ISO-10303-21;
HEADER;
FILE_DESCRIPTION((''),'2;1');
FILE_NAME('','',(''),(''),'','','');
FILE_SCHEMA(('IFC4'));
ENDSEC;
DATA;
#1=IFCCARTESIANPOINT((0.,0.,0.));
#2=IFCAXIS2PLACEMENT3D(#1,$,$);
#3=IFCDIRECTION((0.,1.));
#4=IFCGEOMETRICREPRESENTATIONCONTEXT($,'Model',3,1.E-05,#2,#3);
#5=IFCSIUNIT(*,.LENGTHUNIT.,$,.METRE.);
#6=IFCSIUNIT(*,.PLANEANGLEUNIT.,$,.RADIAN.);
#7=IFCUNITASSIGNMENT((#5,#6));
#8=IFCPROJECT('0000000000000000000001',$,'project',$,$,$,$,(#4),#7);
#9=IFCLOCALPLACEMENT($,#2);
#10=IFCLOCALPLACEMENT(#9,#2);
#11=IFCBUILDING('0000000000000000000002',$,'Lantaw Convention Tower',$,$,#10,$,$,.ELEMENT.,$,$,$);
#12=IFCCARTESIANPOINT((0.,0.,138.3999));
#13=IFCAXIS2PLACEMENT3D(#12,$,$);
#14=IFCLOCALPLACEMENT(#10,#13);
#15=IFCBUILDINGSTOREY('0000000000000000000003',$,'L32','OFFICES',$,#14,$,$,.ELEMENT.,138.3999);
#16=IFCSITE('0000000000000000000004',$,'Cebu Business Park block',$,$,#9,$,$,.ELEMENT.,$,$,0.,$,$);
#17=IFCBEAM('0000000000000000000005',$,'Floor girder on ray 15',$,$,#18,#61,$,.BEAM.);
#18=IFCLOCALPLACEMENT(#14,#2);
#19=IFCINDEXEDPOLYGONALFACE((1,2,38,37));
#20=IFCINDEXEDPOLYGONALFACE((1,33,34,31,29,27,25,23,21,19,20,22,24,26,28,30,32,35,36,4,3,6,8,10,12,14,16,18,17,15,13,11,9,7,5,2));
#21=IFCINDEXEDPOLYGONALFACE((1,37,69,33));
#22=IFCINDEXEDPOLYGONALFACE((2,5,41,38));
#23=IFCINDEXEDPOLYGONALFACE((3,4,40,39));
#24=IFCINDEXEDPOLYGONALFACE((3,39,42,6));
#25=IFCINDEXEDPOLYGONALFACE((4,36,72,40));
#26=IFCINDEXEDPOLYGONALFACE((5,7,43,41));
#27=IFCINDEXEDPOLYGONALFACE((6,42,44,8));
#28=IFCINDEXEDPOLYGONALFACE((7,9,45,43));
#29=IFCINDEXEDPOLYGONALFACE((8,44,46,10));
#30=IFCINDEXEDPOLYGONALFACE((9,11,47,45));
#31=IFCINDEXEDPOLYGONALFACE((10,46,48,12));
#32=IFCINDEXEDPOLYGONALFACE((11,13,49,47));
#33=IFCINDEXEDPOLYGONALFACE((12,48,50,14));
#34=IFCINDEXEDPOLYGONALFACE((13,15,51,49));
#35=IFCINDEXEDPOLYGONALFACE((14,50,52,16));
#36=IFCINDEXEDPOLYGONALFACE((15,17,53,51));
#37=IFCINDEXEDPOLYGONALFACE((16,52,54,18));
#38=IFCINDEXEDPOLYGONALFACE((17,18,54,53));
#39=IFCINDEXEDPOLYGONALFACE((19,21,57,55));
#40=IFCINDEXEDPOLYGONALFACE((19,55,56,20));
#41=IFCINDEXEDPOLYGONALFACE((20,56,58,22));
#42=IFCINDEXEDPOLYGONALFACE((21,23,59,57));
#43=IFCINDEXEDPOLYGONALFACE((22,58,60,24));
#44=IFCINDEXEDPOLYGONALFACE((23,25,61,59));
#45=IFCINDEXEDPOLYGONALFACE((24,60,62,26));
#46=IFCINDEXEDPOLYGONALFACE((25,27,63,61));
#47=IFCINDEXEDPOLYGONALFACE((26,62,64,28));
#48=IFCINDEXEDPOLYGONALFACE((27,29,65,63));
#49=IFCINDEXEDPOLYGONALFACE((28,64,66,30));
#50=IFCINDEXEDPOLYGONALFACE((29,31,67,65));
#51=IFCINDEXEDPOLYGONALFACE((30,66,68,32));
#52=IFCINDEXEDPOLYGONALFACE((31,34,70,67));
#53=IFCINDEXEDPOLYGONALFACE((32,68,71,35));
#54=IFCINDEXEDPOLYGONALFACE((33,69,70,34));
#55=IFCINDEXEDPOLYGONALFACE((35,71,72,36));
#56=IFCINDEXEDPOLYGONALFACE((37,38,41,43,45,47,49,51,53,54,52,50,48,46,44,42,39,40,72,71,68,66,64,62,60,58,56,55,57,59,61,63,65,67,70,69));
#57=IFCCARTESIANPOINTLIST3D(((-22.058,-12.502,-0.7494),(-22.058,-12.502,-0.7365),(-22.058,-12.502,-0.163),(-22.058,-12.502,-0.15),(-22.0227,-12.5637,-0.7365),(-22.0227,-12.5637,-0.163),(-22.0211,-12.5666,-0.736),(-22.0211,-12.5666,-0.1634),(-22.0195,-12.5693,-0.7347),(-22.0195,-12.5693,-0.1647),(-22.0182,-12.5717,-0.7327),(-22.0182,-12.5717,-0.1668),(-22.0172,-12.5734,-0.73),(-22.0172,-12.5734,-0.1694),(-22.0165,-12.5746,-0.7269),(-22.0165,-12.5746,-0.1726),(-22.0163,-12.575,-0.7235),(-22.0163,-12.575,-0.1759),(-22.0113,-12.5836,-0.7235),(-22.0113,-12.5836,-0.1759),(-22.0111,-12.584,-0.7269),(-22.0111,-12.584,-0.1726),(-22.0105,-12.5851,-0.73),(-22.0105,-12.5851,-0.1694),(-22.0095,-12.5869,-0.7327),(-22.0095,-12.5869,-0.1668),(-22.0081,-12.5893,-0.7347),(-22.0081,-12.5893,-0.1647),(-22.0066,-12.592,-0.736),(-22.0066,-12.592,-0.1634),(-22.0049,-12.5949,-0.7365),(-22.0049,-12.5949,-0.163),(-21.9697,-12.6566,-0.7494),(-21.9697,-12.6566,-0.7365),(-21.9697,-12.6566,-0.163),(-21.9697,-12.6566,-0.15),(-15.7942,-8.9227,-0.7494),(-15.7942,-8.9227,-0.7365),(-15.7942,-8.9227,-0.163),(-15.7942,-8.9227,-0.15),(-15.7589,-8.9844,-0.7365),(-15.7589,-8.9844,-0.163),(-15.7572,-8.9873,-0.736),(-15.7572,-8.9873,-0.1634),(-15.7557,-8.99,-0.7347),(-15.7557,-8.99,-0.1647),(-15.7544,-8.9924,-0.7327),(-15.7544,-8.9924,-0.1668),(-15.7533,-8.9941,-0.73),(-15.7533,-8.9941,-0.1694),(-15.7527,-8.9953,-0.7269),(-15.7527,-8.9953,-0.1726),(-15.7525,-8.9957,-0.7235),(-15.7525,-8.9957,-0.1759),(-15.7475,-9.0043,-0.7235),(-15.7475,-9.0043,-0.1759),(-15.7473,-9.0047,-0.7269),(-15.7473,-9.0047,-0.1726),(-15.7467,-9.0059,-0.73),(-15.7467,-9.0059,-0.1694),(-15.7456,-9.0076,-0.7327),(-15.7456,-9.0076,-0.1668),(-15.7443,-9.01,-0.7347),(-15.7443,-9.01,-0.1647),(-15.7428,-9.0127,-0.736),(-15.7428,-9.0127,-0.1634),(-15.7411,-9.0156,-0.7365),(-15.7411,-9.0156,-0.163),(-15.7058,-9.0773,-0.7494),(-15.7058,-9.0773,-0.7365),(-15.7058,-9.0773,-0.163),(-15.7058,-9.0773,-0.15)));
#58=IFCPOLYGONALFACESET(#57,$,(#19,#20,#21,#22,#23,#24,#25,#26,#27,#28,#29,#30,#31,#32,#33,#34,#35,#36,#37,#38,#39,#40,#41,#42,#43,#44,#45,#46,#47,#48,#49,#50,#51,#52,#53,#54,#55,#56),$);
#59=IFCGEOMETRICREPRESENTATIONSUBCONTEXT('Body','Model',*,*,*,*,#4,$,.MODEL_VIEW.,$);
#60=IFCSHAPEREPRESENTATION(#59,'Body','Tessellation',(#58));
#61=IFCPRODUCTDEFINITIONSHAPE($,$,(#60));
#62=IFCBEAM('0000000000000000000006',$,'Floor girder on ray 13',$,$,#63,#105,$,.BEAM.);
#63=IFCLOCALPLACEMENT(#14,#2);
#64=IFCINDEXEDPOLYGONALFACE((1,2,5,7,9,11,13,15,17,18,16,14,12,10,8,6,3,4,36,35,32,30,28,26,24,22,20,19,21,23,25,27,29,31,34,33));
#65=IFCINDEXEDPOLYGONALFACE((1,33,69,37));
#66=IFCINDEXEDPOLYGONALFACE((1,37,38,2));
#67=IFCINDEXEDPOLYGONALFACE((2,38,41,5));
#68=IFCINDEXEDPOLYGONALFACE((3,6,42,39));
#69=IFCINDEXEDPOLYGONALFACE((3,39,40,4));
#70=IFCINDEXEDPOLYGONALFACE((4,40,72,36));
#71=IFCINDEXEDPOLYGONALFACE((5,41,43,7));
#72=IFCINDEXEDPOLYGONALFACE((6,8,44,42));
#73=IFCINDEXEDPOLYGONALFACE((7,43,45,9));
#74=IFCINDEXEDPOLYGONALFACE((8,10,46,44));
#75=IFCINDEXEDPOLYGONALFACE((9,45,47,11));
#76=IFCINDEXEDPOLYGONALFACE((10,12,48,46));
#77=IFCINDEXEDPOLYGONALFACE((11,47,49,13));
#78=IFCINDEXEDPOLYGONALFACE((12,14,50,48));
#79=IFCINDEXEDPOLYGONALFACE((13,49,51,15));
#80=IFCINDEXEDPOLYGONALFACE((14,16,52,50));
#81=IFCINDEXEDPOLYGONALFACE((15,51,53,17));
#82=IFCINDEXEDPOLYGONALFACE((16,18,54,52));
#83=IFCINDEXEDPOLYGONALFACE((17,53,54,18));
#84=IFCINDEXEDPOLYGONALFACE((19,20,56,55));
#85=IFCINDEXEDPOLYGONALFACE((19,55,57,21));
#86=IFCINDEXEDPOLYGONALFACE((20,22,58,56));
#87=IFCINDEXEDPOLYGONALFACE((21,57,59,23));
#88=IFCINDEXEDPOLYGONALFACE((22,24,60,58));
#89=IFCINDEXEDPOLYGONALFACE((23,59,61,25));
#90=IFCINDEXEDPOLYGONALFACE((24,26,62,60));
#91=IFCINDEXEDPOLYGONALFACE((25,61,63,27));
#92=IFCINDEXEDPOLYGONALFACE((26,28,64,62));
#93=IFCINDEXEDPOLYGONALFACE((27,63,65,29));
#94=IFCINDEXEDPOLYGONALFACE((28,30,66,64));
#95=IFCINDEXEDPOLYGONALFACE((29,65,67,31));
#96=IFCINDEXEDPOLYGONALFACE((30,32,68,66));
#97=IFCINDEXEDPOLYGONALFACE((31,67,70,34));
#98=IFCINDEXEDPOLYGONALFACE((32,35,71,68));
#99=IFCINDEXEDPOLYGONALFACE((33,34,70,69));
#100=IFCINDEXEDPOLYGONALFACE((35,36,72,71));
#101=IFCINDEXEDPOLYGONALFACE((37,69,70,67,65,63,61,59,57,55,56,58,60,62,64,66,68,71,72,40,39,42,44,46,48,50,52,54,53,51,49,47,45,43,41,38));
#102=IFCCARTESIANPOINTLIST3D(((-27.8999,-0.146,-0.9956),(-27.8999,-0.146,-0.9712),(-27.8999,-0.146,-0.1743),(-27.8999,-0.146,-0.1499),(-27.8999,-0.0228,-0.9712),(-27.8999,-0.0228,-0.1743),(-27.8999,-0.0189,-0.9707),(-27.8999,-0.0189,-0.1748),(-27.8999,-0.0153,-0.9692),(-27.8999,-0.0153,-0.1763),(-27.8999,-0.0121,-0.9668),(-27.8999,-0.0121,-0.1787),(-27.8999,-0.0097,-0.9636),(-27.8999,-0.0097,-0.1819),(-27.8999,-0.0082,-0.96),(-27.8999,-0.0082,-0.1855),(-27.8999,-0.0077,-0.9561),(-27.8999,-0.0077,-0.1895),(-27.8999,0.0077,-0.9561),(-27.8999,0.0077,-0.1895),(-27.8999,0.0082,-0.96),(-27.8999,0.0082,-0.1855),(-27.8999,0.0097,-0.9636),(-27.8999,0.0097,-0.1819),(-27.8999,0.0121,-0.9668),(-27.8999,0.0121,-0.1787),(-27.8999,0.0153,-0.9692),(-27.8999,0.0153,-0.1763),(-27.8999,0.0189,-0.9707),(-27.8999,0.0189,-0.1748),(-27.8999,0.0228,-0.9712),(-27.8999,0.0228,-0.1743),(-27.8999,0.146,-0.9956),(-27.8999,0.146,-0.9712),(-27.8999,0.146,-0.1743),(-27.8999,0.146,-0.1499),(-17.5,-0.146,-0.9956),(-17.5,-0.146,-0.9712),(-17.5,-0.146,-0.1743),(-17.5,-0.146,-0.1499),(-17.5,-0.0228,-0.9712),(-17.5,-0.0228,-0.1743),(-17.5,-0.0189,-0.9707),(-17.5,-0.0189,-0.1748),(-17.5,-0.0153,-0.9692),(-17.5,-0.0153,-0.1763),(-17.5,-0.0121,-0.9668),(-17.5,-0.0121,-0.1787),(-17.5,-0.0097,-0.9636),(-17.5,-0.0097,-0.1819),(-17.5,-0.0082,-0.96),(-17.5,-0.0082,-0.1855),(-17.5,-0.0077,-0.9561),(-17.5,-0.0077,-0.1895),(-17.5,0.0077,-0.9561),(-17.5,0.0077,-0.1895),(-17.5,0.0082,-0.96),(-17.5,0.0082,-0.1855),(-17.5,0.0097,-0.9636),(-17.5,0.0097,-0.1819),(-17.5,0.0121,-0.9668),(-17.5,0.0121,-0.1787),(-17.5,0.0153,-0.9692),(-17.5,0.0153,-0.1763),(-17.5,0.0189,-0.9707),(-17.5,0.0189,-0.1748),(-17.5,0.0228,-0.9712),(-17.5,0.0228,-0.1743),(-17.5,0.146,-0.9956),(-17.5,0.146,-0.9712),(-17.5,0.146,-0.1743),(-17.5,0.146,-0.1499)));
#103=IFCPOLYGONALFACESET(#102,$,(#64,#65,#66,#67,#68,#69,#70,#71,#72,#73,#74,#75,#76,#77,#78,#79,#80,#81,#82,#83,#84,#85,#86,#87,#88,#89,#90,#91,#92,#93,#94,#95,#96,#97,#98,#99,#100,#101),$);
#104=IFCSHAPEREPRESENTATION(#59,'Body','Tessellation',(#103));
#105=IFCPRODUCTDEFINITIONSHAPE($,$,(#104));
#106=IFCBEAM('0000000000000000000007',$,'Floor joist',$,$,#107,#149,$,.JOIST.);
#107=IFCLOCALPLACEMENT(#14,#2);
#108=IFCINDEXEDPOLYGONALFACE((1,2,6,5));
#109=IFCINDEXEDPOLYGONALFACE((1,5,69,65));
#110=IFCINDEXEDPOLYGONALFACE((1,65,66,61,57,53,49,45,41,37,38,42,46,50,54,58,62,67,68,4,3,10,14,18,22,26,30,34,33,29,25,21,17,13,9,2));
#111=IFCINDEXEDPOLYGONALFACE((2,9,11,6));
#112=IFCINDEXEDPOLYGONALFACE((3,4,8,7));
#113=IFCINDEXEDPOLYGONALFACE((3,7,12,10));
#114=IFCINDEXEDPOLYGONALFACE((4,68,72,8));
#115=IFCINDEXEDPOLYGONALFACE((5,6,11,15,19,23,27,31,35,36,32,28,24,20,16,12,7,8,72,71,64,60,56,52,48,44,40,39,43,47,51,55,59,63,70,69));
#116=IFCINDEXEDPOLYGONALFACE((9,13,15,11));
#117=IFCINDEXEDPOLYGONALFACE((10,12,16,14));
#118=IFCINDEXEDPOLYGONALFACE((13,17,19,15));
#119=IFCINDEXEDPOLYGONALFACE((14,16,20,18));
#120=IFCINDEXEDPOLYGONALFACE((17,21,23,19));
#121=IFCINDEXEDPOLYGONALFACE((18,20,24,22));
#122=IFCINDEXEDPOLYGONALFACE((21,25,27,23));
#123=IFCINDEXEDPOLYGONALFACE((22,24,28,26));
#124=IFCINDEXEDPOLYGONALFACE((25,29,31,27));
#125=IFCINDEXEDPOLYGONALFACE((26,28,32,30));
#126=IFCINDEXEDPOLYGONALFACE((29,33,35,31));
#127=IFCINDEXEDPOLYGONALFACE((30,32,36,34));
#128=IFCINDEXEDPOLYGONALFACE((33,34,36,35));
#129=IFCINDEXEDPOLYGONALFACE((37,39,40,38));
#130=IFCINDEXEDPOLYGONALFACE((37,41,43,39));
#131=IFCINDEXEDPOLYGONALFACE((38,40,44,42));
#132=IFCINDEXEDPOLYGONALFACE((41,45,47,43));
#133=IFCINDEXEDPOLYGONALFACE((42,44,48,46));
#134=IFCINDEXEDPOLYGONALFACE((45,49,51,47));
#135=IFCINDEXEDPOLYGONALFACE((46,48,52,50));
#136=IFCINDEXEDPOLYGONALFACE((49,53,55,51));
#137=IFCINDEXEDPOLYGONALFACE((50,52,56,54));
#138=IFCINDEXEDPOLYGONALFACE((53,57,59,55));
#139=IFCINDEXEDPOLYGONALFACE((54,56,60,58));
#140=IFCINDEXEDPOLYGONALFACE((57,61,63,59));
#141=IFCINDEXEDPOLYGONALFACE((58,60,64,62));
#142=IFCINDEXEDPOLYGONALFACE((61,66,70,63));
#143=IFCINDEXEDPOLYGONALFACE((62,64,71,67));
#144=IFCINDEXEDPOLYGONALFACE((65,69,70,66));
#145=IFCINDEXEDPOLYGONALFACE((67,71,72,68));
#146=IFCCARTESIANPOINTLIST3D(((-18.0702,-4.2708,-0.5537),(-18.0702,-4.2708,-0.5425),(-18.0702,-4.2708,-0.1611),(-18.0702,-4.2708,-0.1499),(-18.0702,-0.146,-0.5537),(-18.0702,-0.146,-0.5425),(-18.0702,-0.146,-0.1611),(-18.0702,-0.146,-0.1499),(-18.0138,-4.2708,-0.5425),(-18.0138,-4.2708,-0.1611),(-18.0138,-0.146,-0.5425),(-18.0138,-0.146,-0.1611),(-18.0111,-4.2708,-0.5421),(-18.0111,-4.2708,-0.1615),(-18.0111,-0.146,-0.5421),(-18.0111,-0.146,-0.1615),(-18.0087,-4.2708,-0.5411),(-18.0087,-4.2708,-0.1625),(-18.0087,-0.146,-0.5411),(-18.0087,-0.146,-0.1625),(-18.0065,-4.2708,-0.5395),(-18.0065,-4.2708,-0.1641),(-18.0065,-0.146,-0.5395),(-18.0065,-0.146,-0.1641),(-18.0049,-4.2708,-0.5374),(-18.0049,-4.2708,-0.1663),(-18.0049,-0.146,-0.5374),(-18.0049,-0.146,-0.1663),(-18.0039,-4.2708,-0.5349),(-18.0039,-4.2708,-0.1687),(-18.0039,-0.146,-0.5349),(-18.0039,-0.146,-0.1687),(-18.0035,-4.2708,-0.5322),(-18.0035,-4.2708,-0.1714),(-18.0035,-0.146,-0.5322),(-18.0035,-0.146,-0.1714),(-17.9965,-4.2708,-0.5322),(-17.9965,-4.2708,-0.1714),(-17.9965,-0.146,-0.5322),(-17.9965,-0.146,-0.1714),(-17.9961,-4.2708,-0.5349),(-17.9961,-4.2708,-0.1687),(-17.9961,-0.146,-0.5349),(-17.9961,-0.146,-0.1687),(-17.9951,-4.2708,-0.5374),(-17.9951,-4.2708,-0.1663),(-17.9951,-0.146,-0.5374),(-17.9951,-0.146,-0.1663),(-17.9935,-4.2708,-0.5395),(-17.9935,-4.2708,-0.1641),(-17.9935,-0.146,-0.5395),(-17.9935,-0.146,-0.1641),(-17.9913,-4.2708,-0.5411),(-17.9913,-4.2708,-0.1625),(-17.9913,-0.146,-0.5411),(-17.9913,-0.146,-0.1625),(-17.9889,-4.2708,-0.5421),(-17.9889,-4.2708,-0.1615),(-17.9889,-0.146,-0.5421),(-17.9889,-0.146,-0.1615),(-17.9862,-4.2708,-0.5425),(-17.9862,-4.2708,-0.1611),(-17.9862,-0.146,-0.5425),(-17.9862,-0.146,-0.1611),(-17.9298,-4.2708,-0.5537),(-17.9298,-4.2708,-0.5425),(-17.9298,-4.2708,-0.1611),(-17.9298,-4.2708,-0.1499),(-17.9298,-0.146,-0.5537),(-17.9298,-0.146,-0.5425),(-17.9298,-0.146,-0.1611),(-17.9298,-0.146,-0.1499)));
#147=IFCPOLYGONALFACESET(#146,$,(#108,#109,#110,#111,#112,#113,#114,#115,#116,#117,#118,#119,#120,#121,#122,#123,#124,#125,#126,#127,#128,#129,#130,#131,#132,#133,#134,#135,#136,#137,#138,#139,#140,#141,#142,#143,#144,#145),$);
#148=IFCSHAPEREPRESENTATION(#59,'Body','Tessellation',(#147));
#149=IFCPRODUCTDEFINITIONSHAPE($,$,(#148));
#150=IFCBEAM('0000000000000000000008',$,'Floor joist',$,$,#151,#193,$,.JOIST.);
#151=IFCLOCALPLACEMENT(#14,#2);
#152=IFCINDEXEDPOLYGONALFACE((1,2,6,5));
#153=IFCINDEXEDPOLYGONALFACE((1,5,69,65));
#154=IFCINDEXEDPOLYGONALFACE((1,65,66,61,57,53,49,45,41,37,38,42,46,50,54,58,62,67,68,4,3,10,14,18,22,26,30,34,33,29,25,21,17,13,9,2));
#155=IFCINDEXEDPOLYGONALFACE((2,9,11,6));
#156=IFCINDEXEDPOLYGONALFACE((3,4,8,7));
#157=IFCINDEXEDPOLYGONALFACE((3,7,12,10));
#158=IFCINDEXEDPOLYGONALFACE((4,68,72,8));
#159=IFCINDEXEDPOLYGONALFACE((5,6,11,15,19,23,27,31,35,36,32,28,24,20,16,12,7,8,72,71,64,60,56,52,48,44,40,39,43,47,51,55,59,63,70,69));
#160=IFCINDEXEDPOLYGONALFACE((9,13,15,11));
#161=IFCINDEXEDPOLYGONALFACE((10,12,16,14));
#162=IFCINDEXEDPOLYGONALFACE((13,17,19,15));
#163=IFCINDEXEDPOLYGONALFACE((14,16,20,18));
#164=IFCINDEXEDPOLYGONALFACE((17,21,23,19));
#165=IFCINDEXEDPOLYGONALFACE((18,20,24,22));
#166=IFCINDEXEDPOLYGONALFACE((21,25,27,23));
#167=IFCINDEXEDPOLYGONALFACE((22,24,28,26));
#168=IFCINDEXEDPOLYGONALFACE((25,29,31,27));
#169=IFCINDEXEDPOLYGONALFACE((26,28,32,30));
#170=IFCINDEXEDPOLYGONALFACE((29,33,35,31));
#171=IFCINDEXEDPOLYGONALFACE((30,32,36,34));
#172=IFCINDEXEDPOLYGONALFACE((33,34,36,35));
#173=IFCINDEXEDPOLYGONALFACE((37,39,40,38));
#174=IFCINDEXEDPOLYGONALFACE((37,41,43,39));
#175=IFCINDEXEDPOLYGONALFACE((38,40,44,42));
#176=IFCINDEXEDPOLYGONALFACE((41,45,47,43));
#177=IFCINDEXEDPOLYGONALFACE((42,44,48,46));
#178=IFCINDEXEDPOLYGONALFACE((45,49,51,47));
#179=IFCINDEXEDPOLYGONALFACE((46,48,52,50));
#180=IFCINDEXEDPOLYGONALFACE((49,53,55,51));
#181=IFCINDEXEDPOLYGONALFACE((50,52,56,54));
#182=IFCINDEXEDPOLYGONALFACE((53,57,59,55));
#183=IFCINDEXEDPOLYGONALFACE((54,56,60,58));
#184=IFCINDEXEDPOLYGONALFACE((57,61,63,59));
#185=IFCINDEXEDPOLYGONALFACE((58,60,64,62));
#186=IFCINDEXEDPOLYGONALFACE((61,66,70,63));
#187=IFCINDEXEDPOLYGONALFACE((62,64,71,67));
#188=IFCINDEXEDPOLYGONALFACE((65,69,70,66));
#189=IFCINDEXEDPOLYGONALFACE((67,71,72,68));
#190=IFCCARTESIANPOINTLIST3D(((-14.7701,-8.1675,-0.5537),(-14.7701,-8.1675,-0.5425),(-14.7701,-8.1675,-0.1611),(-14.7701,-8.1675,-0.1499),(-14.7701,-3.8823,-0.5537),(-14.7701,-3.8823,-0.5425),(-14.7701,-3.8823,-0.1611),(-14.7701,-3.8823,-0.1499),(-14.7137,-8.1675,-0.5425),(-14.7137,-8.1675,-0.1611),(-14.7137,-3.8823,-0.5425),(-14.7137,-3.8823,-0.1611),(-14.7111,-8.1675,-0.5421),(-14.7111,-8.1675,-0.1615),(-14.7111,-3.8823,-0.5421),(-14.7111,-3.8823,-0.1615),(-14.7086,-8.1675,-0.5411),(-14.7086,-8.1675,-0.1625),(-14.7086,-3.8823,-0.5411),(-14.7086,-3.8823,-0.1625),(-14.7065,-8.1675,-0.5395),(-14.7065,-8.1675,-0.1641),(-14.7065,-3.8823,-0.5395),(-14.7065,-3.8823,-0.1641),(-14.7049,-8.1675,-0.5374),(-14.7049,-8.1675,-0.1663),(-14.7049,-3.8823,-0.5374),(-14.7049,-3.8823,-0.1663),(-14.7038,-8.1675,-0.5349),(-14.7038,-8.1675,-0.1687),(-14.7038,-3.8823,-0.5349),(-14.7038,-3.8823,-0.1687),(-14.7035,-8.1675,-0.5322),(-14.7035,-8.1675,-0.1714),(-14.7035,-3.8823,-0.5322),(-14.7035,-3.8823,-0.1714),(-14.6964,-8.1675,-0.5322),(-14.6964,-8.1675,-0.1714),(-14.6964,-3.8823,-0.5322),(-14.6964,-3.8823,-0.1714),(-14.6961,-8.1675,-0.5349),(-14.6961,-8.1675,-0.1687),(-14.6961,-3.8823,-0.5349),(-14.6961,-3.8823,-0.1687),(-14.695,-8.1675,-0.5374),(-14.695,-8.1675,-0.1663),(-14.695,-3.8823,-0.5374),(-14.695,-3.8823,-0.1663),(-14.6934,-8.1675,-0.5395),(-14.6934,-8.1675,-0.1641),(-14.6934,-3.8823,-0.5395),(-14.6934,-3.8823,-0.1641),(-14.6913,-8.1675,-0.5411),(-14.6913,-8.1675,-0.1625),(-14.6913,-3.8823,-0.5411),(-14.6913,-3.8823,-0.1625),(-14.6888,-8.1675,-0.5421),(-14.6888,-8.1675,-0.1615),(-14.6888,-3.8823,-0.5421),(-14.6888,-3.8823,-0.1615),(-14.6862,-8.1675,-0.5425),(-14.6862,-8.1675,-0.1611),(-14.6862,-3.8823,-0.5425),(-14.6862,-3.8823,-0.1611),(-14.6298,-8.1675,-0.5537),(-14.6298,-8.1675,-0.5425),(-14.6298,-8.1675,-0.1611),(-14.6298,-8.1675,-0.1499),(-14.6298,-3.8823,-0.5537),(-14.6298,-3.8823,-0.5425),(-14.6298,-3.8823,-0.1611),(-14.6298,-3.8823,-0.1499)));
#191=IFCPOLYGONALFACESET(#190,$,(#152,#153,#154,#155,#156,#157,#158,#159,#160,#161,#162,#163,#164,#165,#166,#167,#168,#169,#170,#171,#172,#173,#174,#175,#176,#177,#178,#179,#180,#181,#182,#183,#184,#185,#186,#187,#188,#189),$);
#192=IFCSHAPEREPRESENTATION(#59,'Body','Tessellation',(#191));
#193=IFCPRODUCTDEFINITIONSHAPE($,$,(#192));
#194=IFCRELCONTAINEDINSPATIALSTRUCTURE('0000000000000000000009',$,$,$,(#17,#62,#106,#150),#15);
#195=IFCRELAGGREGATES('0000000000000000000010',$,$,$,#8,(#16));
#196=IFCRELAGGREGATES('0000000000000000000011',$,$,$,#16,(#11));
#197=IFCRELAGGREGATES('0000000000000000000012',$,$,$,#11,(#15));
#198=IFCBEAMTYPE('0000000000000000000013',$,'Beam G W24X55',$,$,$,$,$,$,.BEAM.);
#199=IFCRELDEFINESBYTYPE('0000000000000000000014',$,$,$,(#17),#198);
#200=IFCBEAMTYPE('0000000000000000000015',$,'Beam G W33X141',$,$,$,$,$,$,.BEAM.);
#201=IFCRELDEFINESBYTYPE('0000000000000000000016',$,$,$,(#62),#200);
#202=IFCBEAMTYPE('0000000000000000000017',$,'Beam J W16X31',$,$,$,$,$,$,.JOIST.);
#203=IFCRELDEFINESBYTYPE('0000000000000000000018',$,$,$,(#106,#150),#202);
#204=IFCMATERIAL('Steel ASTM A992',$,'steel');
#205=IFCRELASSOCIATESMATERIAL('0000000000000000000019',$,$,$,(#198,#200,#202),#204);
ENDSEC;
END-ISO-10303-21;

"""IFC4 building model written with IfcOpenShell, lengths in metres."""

from ifc_helpers import new_model, si_unit, direction, frame, origin, origin_2d, place, context, subcontext, project, spatial, i_section, extrude, material, material_profile, profile_set, type_object, element, save


model = new_model("IFC4")

# Units and contexts
model_context = context("Model", 3, precision=1e-05, world=origin(), true_north=direction((0.0, 1.0)))
body_context = subcontext(model_context, "Body", "Model", "MODEL_VIEW")
ifc_project = project(units=[si_unit("LENGTHUNIT", "METRE"), si_unit("PLANEANGLEUNIT", "RADIAN")], contexts=[model_context])

# Site, building, storey
site_placement = place(None, origin())
site = spatial("IfcSite", under=ifc_project, at=site_placement, Name="Cebu Business Park block", CompositionType="ELEMENT", RefElevation=0.0)
building_placement = place(site_placement, origin())
building = spatial("IfcBuilding", under=site, at=building_placement, Name="Lantaw Convention Tower", CompositionType="ELEMENT")
storey_placement = place(building_placement, frame((0.0, 0.0, 138.3999)))
storey = spatial("IfcBuildingStorey", under=building, at=storey_placement, Name="L32", Description="OFFICES", CompositionType="ELEMENT", Elevation=138.3999)

# Beams
ifc_material_1 = material(Name="Steel ASTM A992", Category="steel")
ifc_material_profile_1 = material_profile(ifc_material_1, i_section(OverallWidth=0.178, OverallDepth=0.5994, WebThickness=0.01, FlangeThickness=0.0129, FilletRadius=0.0129, at=origin_2d()), Name="W24X55")
ifc_profile_set_1 = profile_set([ifc_material_profile_1], Name="Steel ASTM A992")
beam_type_1 = type_object("IfcBeamType", Name="Beam G W24X55", PredefinedType="BEAM", material=ifc_profile_set_1)
beam_1_placement = place(storey_placement, frame((-15.75, -9.0, -0.4497), z_axis=(-0.868245, -0.496135, 0.0), x_axis=(0.496135, -0.868245, 0.0)))
element("IfcBeam", 1, at=beam_1_placement, inside=storey, type_object=beam_type_1, Name="Floor girder on ray 15", PredefinedType="BEAM", context=body_context, shape_type="SweptSolid", body=[
    extrude(i_section(OverallWidth=0.178, OverallDepth=0.5994, WebThickness=0.01, FlangeThickness=0.0129, FilletRadius=0.0129, at=origin_2d()), origin(), (0.0, 0.0, 1.0), 7.2144),
])
ifc_material_profile_2 = material_profile(ifc_material_1, i_section(OverallWidth=0.292, OverallDepth=0.8457, WebThickness=0.0154, FlangeThickness=0.0244, FilletRadius=0.0151, at=origin_2d()), Name="W33X141")
ifc_profile_set_2 = profile_set([ifc_material_profile_2], Name="Steel ASTM A992")
beam_type_2 = type_object("IfcBeamType", Name="Beam G W33X141", PredefinedType="BEAM", material=ifc_profile_set_2)
beam_2_placement = place(storey_placement, frame((-17.5, 0.0, -0.5728), z_axis=(-1.0, 0.0, 0.0), x_axis=(0.0, -1.0, 0.0)))
element("IfcBeam", 2, at=beam_2_placement, inside=storey, type_object=beam_type_2, Name="Floor girder on ray 13", PredefinedType="BEAM", context=body_context, shape_type="SweptSolid", body=[
    extrude(i_section(OverallWidth=0.292, OverallDepth=0.8457, WebThickness=0.0154, FlangeThickness=0.0244, FilletRadius=0.0151, at=origin_2d()), origin(), (0.0, 0.0, 1.0), 10.3999),
])
ifc_material_profile_3 = material_profile(ifc_material_1, i_section(OverallWidth=0.1404, OverallDepth=0.4038, WebThickness=0.0071, FlangeThickness=0.0112, FilletRadius=0.0103, at=origin_2d()), Name="W16X31")
ifc_profile_set_3 = profile_set([ifc_material_profile_3], Name="Steel ASTM A992")
beam_type_3 = type_object("IfcBeamType", Name="Beam J W16X31", PredefinedType="JOIST", material=ifc_profile_set_3)
beam_3_placement = place(storey_placement, frame((-18.0, -4.2708, -0.3518), z_axis=(0.0, 1.0, 0.0), x_axis=(-1.0, 0.0, 0.0)))
element("IfcBeam", 3, at=beam_3_placement, inside=storey, type_object=beam_type_3, Name="Floor joist", PredefinedType="JOIST", context=body_context, shape_type="SweptSolid", body=[
    extrude(i_section(OverallWidth=0.1404, OverallDepth=0.4038, WebThickness=0.0071, FlangeThickness=0.0112, FilletRadius=0.0103, at=origin_2d()), origin(), (0.0, 0.0, 1.0), 4.1248),
])
beam_4_placement = place(storey_placement, frame((-14.7, -8.1675, -0.3518), z_axis=(0.0, 1.0, 0.0), x_axis=(-1.0, 0.0, 0.0)))
element("IfcBeam", 4, at=beam_4_placement, inside=storey, type_object=beam_type_3, Name="Floor joist", PredefinedType="JOIST", context=body_context, shape_type="SweptSolid", body=[
    extrude(i_section(OverallWidth=0.1404, OverallDepth=0.4038, WebThickness=0.0071, FlangeThickness=0.0112, FilletRadius=0.0103, at=origin_2d()), origin(), (0.0, 0.0, 1.0), 4.2852),
])

save(model, "model.ifc")
